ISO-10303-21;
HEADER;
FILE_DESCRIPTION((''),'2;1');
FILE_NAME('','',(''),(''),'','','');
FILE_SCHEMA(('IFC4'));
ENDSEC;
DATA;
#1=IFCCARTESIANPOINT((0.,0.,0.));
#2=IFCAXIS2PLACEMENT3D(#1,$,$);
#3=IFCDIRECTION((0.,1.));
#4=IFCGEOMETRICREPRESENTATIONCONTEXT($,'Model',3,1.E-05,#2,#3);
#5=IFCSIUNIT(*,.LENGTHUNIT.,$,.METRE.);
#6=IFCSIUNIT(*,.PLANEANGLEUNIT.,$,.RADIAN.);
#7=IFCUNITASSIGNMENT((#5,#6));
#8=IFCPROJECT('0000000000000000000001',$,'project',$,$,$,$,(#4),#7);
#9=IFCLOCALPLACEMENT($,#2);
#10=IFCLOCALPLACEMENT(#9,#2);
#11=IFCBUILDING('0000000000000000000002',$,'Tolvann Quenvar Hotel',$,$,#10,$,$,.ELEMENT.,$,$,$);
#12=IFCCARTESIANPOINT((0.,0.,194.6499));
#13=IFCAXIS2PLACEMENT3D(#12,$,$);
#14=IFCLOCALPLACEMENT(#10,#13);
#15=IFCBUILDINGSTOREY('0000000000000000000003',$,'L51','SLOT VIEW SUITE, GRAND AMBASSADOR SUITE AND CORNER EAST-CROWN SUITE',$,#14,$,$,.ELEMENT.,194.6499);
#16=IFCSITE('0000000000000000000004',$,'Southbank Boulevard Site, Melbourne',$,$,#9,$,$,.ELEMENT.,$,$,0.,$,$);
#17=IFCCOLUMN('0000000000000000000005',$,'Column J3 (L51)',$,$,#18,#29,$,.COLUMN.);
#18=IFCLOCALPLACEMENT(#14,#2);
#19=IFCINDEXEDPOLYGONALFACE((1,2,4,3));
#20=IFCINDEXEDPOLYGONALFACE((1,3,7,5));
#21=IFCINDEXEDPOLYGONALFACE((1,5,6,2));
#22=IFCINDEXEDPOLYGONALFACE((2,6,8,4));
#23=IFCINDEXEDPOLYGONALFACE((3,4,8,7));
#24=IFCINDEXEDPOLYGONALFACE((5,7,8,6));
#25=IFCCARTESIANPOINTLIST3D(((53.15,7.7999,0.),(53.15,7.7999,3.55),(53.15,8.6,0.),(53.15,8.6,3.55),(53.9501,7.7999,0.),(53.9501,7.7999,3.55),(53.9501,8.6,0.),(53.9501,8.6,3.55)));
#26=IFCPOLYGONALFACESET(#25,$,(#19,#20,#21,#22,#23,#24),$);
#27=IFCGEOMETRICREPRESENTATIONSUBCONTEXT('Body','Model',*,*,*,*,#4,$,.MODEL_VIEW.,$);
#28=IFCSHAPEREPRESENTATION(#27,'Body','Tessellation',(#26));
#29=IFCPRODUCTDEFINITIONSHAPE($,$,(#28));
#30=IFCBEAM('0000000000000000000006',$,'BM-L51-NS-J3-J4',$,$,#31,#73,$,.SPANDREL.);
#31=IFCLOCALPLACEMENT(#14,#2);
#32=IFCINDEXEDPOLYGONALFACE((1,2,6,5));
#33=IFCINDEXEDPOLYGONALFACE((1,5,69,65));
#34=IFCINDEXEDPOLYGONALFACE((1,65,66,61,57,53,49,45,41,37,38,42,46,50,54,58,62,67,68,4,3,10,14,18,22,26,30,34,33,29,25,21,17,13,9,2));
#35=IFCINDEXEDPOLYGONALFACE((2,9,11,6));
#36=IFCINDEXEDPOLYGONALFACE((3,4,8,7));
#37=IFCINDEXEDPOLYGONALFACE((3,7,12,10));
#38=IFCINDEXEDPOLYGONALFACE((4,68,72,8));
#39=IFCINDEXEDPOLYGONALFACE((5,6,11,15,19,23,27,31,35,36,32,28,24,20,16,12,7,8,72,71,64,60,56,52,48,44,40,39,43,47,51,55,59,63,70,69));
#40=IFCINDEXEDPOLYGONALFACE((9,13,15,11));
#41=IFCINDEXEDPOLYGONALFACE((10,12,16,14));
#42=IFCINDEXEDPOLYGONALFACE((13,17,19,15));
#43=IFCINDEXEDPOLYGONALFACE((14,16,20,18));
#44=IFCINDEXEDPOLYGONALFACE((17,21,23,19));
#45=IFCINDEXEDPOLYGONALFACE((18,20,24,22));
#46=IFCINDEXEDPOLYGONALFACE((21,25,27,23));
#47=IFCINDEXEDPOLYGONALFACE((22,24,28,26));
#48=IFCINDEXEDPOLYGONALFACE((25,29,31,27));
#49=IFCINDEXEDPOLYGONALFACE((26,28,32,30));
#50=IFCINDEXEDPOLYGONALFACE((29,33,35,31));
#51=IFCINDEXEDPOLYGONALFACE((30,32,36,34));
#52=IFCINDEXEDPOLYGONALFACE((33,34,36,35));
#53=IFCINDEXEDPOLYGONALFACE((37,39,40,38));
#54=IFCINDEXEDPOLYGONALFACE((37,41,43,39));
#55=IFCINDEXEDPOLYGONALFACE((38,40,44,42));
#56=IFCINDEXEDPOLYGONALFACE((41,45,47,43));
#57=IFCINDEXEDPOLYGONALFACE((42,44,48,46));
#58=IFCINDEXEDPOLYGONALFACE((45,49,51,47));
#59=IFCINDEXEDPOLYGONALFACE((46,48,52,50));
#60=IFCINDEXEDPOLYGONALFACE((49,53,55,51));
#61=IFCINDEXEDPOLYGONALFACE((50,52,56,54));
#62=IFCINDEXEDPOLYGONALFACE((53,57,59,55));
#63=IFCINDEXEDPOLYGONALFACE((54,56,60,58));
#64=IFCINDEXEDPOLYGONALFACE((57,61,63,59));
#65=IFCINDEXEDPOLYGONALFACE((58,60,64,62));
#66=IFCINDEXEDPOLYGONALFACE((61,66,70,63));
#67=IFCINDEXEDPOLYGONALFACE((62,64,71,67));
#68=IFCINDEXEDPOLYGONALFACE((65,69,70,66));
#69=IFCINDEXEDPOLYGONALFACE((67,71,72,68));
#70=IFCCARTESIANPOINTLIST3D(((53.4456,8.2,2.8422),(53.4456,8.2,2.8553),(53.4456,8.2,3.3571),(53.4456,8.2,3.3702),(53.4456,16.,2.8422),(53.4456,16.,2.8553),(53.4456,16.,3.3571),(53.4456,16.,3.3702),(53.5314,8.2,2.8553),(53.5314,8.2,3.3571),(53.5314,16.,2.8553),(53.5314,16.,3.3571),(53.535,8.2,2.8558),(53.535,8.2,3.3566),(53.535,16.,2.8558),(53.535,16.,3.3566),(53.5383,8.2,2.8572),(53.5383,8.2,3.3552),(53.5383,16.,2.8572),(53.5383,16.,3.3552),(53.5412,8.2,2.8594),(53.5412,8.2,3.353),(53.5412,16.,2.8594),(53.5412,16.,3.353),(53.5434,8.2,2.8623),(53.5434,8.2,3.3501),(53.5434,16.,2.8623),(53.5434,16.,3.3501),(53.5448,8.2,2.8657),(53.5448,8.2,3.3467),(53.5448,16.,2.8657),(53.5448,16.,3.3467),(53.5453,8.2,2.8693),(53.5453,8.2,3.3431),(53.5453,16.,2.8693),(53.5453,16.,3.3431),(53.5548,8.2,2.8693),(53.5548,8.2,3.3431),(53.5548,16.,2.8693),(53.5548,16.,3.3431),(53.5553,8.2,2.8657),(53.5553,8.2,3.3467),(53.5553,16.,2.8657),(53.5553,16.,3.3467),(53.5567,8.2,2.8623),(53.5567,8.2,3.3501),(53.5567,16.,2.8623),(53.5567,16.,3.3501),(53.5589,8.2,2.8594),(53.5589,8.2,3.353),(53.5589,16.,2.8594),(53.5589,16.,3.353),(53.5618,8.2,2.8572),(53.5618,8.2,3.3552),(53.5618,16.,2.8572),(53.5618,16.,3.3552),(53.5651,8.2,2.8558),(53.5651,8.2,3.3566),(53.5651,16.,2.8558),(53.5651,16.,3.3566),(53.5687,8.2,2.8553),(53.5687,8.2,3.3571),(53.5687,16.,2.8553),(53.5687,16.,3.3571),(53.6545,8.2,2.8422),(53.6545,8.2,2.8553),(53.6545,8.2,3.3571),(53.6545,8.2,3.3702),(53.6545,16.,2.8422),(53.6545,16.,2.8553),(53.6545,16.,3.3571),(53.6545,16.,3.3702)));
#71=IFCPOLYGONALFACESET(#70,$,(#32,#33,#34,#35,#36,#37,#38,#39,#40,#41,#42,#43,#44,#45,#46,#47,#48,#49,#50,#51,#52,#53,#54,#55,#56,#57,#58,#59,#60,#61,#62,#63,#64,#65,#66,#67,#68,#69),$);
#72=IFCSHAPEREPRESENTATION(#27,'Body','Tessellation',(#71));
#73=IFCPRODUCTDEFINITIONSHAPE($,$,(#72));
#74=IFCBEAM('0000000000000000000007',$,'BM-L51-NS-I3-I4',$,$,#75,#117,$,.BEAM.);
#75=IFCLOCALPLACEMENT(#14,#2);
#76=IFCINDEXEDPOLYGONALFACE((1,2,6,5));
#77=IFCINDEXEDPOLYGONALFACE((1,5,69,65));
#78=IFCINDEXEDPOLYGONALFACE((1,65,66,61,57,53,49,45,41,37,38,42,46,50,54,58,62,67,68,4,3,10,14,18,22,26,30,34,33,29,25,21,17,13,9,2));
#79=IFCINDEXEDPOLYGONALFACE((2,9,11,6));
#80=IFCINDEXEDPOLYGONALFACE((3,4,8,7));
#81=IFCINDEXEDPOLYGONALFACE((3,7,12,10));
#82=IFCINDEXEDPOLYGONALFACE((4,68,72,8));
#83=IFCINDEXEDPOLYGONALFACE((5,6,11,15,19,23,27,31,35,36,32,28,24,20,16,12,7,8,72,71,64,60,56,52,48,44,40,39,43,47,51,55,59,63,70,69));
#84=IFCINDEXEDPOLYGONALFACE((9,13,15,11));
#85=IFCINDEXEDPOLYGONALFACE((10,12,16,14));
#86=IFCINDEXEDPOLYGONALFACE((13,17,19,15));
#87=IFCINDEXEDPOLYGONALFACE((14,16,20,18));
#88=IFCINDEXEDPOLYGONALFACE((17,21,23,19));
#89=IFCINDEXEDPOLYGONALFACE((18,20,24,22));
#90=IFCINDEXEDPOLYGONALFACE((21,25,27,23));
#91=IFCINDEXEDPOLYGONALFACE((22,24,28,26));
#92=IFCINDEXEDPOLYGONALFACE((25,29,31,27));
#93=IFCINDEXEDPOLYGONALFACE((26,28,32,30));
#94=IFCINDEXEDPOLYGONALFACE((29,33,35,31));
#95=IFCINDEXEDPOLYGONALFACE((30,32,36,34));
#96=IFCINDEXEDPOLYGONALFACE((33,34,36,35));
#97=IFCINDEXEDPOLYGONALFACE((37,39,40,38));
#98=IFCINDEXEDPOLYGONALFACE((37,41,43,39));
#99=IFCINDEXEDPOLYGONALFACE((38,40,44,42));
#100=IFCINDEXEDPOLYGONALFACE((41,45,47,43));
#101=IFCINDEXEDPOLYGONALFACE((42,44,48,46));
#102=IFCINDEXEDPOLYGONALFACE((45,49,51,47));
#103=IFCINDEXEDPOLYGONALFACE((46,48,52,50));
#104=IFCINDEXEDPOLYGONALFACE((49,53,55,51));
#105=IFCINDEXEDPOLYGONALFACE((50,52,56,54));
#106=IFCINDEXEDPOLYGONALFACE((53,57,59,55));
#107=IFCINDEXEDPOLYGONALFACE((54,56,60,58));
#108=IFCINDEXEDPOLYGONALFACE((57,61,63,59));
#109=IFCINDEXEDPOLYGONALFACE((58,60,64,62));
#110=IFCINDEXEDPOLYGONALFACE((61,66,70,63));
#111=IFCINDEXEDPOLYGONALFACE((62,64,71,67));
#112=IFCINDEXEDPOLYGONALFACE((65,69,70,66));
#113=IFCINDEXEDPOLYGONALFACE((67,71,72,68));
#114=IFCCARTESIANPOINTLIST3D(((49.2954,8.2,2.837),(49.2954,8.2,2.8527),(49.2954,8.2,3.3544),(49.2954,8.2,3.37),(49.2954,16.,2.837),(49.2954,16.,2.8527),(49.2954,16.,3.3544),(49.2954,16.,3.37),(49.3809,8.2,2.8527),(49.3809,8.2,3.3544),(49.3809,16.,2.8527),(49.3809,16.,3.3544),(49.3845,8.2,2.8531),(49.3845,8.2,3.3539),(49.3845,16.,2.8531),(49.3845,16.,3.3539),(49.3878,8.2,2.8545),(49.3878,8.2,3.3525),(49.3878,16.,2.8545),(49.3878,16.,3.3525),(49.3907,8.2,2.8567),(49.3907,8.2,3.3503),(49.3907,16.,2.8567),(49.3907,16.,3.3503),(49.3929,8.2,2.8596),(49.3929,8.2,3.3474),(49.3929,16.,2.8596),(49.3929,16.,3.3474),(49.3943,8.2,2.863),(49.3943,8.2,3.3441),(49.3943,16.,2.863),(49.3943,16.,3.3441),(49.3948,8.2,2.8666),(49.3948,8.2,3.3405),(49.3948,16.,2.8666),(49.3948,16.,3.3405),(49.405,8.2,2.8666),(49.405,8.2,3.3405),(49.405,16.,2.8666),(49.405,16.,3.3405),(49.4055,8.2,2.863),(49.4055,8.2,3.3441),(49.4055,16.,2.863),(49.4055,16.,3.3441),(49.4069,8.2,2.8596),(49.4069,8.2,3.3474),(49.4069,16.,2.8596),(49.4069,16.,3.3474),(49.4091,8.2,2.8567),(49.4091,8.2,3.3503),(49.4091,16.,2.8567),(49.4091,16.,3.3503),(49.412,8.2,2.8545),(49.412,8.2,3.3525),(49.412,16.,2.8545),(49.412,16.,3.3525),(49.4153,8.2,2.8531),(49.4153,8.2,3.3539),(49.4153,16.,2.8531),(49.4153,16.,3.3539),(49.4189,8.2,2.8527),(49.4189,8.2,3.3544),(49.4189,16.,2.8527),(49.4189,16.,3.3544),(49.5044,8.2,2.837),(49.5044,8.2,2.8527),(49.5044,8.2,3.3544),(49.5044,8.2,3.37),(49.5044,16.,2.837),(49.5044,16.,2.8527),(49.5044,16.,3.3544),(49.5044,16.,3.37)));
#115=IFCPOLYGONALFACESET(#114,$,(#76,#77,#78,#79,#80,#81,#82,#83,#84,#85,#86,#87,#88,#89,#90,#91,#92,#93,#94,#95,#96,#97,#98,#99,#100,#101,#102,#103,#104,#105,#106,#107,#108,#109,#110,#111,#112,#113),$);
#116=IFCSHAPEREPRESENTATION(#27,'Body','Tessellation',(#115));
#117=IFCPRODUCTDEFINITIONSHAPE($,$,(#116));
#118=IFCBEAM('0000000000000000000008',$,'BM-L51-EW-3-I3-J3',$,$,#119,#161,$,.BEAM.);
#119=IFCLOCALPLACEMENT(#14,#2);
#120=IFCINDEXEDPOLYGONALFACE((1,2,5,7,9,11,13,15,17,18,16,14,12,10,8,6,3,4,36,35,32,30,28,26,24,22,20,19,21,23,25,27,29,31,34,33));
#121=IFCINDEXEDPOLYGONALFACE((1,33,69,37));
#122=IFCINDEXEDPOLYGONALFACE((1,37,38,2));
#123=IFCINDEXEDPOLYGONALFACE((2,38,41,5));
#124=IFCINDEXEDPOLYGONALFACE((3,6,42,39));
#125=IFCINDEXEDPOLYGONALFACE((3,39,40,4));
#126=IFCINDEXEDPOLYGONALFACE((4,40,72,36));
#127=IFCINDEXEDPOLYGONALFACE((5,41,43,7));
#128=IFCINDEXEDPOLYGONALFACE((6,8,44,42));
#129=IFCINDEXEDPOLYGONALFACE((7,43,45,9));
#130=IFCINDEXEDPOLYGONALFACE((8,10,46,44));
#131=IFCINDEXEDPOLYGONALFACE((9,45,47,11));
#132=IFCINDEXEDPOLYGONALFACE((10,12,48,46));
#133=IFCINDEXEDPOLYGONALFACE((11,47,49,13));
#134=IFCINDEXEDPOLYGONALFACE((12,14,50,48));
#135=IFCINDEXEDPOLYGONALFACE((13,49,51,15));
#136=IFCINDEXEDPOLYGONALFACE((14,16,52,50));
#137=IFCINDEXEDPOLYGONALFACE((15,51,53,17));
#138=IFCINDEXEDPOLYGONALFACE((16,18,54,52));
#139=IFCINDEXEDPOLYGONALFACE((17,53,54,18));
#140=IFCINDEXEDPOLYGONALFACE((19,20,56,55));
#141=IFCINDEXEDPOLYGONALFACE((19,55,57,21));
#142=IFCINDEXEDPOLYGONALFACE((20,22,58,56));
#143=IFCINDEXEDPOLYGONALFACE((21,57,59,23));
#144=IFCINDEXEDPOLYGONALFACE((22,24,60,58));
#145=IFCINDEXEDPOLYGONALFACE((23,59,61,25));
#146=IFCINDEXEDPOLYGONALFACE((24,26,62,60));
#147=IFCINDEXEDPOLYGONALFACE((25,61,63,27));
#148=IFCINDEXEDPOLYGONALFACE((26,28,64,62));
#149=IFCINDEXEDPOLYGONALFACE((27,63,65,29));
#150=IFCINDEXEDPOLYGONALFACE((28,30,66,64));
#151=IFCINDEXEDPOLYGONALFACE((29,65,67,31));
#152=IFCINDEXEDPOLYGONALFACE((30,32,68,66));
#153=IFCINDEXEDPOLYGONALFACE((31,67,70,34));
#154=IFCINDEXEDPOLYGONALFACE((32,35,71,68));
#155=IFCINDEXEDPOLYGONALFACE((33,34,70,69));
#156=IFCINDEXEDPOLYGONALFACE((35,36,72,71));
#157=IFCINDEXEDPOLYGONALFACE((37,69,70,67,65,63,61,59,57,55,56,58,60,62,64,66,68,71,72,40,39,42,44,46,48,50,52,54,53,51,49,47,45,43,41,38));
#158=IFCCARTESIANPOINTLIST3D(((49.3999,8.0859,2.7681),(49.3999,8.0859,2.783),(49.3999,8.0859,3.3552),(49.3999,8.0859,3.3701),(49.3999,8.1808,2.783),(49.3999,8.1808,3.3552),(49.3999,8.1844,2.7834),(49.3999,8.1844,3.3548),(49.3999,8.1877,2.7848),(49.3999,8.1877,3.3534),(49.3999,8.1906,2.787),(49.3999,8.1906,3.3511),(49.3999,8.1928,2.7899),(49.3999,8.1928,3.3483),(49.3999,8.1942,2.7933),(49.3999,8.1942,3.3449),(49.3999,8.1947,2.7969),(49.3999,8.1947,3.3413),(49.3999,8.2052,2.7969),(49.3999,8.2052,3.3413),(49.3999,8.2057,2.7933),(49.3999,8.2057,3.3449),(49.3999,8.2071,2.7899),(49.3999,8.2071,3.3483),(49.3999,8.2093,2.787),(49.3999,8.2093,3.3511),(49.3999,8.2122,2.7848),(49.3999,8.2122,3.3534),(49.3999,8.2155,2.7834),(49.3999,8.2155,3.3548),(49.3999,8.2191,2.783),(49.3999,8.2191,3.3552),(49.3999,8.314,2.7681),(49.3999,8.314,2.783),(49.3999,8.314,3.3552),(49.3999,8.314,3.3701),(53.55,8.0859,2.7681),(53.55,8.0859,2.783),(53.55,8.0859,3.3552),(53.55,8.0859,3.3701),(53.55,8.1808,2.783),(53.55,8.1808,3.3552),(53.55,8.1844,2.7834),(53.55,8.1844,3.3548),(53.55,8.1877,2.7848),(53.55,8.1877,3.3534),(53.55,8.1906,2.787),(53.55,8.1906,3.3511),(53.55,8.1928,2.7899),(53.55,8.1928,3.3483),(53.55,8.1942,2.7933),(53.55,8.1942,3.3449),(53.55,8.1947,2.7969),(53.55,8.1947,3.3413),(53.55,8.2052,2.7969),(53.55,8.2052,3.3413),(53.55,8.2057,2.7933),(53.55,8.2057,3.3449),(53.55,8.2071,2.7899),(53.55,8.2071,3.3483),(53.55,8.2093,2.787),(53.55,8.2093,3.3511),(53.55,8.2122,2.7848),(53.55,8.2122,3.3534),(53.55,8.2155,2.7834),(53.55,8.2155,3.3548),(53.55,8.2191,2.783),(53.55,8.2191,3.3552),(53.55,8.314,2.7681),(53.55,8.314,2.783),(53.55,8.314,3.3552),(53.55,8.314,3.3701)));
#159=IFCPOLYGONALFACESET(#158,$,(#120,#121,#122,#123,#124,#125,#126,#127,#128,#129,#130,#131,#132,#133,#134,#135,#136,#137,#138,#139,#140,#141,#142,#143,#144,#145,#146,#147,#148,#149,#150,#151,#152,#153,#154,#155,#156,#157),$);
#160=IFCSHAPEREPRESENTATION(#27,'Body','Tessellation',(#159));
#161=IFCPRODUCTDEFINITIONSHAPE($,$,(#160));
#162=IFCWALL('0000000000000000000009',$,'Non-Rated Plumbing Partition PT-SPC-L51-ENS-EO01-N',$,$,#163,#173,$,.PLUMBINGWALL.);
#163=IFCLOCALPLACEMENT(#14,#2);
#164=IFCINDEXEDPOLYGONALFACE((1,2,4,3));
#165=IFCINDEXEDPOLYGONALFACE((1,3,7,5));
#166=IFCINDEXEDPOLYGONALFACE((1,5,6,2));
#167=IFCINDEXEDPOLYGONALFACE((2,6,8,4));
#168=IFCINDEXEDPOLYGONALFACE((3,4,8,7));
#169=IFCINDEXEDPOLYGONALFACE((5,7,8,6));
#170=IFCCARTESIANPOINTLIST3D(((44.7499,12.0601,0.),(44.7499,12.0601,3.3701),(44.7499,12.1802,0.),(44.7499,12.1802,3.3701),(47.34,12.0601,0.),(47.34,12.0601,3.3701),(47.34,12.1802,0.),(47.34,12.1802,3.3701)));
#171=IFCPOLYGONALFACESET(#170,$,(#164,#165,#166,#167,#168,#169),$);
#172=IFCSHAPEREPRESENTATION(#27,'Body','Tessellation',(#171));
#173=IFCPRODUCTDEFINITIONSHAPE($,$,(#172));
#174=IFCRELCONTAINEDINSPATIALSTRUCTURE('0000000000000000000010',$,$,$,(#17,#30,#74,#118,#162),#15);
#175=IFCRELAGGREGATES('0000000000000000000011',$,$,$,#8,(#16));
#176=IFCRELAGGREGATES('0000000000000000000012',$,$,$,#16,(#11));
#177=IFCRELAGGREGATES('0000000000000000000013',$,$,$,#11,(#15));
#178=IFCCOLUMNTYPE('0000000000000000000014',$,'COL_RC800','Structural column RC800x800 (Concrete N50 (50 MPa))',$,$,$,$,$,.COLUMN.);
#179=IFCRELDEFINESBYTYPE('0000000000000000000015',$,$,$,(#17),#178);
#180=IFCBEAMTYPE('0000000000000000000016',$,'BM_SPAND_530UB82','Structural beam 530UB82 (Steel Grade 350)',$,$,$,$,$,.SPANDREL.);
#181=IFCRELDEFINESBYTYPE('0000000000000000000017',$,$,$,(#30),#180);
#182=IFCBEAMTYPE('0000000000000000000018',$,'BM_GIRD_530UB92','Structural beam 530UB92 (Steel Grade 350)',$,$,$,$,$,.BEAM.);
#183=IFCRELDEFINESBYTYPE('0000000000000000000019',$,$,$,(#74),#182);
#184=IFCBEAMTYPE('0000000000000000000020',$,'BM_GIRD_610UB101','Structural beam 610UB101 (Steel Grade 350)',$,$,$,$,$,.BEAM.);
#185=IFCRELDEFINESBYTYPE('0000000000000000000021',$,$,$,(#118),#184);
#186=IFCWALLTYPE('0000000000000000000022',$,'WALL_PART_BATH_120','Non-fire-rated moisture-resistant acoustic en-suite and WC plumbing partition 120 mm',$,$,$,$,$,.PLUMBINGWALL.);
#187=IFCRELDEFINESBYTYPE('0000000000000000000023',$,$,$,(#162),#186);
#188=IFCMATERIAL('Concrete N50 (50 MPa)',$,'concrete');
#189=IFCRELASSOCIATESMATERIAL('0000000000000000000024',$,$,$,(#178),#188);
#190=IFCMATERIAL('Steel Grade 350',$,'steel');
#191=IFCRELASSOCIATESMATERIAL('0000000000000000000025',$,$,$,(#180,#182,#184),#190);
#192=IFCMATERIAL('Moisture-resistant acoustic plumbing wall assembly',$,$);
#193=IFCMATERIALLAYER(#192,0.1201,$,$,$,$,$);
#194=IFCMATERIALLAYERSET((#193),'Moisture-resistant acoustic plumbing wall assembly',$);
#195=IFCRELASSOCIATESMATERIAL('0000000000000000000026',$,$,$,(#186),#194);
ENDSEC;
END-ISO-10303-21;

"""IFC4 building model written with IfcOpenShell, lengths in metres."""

from ifc_helpers import new_model, si_unit, direction, frame, frame_2d, origin, origin_2d, place, context, subcontext, project, spatial, rectangle, i_section, extrude, source, transform, mapped, material, layer, layer_set, material_profile, profile_set, type_object, type_shapes, element, save


model = new_model("IFC4")

# Units and contexts
model_context = context("Model", 3, precision=1e-05, world=origin(), true_north=direction((0.0, 1.0)))
body_context = subcontext(model_context, "Body", "Model", "MODEL_VIEW")
ifc_project = project(units=[si_unit("LENGTHUNIT", "METRE"), si_unit("PLANEANGLEUNIT", "RADIAN")], contexts=[model_context])

# Site, building, storey
site_placement = place(None, origin())
site = spatial("IfcSite", under=ifc_project, at=site_placement, Name="Southbank Boulevard Site, Melbourne", CompositionType="ELEMENT", RefElevation=0.0)
building_placement = place(site_placement, origin())
building = spatial("IfcBuilding", under=site, at=building_placement, Name="Tolvann Quenvar Hotel", CompositionType="ELEMENT")
storey_placement = place(building_placement, frame((0.0, 0.0, 194.6499)))
storey = spatial("IfcBuildingStorey", under=building, at=storey_placement, Name="L51", Description="SLOT VIEW SUITE, GRAND AMBASSADOR SUITE AND CORNER EAST-CROWN SUITE", CompositionType="ELEMENT", Elevation=194.6499)

# Column
ifc_material_1 = material(Name="Concrete N50 (50 MPa)", Category="concrete")
ifc_material_profile_1 = material_profile(ifc_material_1, rectangle(XDim=0.8, YDim=0.8, at=origin_2d()), Name="RC800x800")
ifc_profile_set_1 = profile_set([ifc_material_profile_1], Name="Concrete N50 (50 MPa)")
column_type = type_object("IfcColumnType", Name="COL_RC800", Description="Structural column RC800x800 (Concrete N50 (50 MPa))", PredefinedType="COLUMN", material=ifc_profile_set_1)
shared_shape_1 = source(origin(), body_context, "Body", "SweptSolid", [
    extrude(rectangle(XDim=0.8, YDim=0.8, at=origin_2d()), origin(), (0.0, 0.0, 1.0), 3.55),
])
type_shapes(column_type, [shared_shape_1])
column_placement = place(storey_placement, frame((53.55, 8.2, 0.0), z_axis=(0.0, 0.0, 1.0), x_axis=(1.0, 0.0, 0.0)))
element("IfcColumn", 1, at=column_placement, inside=storey, type_object=column_type, Name="Column J3 (L51)", PredefinedType="COLUMN", context=body_context, shape_type="MappedRepresentation", body=[
    mapped(shared_shape_1, transform((0.0, 0.0, 0.0), x_axis=(1.0, 0.0, 0.0), y_axis=(0.0, 1.0, 0.0), z_axis=(0.0, 0.0, 1.0), scale=1.0)),
])

# Beams
ifc_material_2 = material(Name="Steel Grade 350", Category="steel")
ifc_material_profile_2 = material_profile(ifc_material_2, i_section(OverallWidth=0.209, OverallDepth=0.5281, WebThickness=0.0095, FlangeThickness=0.0132, FilletRadius=0.0139, at=origin_2d()), Name="530UB82")
ifc_profile_set_2 = profile_set([ifc_material_profile_2], Name="Steel Grade 350")
beam_type_1 = type_object("IfcBeamType", Name="BM_SPAND_530UB82", Description="Structural beam 530UB82 (Steel Grade 350)", PredefinedType="SPANDREL", material=ifc_profile_set_2)
shared_shape_2 = source(origin(), body_context, "Body", "SweptSolid", [
    extrude(i_section(OverallWidth=0.209, OverallDepth=0.5281, WebThickness=0.0095, FlangeThickness=0.0132, FilletRadius=0.0139, at=origin_2d()), origin(), (0.0, 0.0, 1.0), 7.8),
])
type_shapes(beam_type_1, [shared_shape_2])
beam_1_placement = place(storey_placement, frame((53.55, 8.2, 3.1062), z_axis=(0.0, 1.0, 0.0), x_axis=(-1.0, 0.0, 0.0)))
element("IfcBeam", 2, at=beam_1_placement, inside=storey, type_object=beam_type_1, Name="BM-L51-NS-J3-J4", PredefinedType="SPANDREL", context=body_context, shape_type="MappedRepresentation", body=[
    mapped(shared_shape_2, transform((0.0, 0.0, 0.0), x_axis=(1.0, 0.0, 0.0), y_axis=(0.0, 1.0, 0.0), z_axis=(0.0, 0.0, 1.0), scale=1.0)),
])
ifc_material_profile_3 = material_profile(ifc_material_2, i_section(OverallWidth=0.209, OverallDepth=0.533, WebThickness=0.0103, FlangeThickness=0.0156, FilletRadius=0.0139, at=origin_2d()), Name="530UB92")
ifc_profile_set_3 = profile_set([ifc_material_profile_3], Name="Steel Grade 350")
beam_type_2 = type_object("IfcBeamType", Name="BM_GIRD_530UB92", Description="Structural beam 530UB92 (Steel Grade 350)", PredefinedType="BEAM", material=ifc_profile_set_3)
shared_shape_3 = source(origin(), body_context, "Body", "SweptSolid", [
    extrude(i_section(OverallWidth=0.209, OverallDepth=0.533, WebThickness=0.0103, FlangeThickness=0.0156, FilletRadius=0.0139, at=origin_2d()), origin(), (0.0, 0.0, 1.0), 7.8),
])
type_shapes(beam_type_2, [shared_shape_3])
beam_2_placement = place(storey_placement, frame((49.3999, 8.2, 3.1035), z_axis=(0.0, 1.0, 0.0), x_axis=(-1.0, 0.0, 0.0)))
element("IfcBeam", 3, at=beam_2_placement, inside=storey, type_object=beam_type_2, Name="BM-L51-NS-I3-I4", PredefinedType="BEAM", context=body_context, shape_type="MappedRepresentation", body=[
    mapped(shared_shape_3, transform((0.0, 0.0, 0.0), x_axis=(1.0, 0.0, 0.0), y_axis=(0.0, 1.0, 0.0), z_axis=(0.0, 0.0, 1.0), scale=1.0)),
])
ifc_material_profile_4 = material_profile(ifc_material_2, i_section(OverallWidth=0.228, OverallDepth=0.6021, WebThickness=0.0105, FlangeThickness=0.0149, FilletRadius=0.0139, at=origin_2d()), Name="610UB101")
ifc_profile_set_4 = profile_set([ifc_material_profile_4], Name="Steel Grade 350")
beam_type_3 = type_object("IfcBeamType", Name="BM_GIRD_610UB101", Description="Structural beam 610UB101 (Steel Grade 350)", PredefinedType="BEAM", material=ifc_profile_set_4)
shared_shape_4 = source(origin(), body_context, "Body", "SweptSolid", [
    extrude(i_section(OverallWidth=0.228, OverallDepth=0.6021, WebThickness=0.0105, FlangeThickness=0.0149, FilletRadius=0.0139, at=origin_2d()), origin(), (0.0, 0.0, 1.0), 4.1501),
])
type_shapes(beam_type_3, [shared_shape_4])
beam_3_placement = place(storey_placement, frame((49.3999, 8.2, 3.0691), z_axis=(1.0, 0.0, 0.0), x_axis=(0.0, 1.0, 0.0)))
element("IfcBeam", 4, at=beam_3_placement, inside=storey, type_object=beam_type_3, Name="BM-L51-EW-3-I3-J3", PredefinedType="BEAM", context=body_context, shape_type="MappedRepresentation", body=[
    mapped(shared_shape_4, transform((0.0, 0.0, 0.0), x_axis=(1.0, 0.0, 0.0), y_axis=(0.0, 1.0, 0.0), z_axis=(0.0, 0.0, 1.0), scale=1.0)),
])

# Wall
ifc_material_3 = material(Name="Moisture-resistant acoustic plumbing wall assembly")
ifc_layer_1 = layer(ifc_material_3, 0.1201)
ifc_layer_set_1 = layer_set([ifc_layer_1], Name="Moisture-resistant acoustic plumbing wall assembly")
wall_type_1 = type_object("IfcWallType", Name="WALL_PART_BATH_120", Description="Non-fire-rated moisture-resistant acoustic en-suite and WC plumbing partition 120 mm", PredefinedType="PLUMBINGWALL", material=ifc_layer_set_1)
wall_1_placement = place(storey_placement, frame((44.75, 12.1201, 0.0), z_axis=(0.0, 0.0, 1.0), x_axis=(1.0, 0.0, 0.0)))
element("IfcWall", 5, at=wall_1_placement, inside=storey, type_object=wall_type_1, Name="Non-Rated Plumbing Partition PT-SPC-L51-ENS-EO01-N", PredefinedType="PLUMBINGWALL", context=body_context, shape_type="SweptSolid", body=[
    extrude(rectangle(XDim=2.5901, YDim=0.1201, at=frame_2d((1.2949, 0.0))), origin(), (0.0, 0.0, 1.0), 3.3701),
])

save(model, "model.ifc")
